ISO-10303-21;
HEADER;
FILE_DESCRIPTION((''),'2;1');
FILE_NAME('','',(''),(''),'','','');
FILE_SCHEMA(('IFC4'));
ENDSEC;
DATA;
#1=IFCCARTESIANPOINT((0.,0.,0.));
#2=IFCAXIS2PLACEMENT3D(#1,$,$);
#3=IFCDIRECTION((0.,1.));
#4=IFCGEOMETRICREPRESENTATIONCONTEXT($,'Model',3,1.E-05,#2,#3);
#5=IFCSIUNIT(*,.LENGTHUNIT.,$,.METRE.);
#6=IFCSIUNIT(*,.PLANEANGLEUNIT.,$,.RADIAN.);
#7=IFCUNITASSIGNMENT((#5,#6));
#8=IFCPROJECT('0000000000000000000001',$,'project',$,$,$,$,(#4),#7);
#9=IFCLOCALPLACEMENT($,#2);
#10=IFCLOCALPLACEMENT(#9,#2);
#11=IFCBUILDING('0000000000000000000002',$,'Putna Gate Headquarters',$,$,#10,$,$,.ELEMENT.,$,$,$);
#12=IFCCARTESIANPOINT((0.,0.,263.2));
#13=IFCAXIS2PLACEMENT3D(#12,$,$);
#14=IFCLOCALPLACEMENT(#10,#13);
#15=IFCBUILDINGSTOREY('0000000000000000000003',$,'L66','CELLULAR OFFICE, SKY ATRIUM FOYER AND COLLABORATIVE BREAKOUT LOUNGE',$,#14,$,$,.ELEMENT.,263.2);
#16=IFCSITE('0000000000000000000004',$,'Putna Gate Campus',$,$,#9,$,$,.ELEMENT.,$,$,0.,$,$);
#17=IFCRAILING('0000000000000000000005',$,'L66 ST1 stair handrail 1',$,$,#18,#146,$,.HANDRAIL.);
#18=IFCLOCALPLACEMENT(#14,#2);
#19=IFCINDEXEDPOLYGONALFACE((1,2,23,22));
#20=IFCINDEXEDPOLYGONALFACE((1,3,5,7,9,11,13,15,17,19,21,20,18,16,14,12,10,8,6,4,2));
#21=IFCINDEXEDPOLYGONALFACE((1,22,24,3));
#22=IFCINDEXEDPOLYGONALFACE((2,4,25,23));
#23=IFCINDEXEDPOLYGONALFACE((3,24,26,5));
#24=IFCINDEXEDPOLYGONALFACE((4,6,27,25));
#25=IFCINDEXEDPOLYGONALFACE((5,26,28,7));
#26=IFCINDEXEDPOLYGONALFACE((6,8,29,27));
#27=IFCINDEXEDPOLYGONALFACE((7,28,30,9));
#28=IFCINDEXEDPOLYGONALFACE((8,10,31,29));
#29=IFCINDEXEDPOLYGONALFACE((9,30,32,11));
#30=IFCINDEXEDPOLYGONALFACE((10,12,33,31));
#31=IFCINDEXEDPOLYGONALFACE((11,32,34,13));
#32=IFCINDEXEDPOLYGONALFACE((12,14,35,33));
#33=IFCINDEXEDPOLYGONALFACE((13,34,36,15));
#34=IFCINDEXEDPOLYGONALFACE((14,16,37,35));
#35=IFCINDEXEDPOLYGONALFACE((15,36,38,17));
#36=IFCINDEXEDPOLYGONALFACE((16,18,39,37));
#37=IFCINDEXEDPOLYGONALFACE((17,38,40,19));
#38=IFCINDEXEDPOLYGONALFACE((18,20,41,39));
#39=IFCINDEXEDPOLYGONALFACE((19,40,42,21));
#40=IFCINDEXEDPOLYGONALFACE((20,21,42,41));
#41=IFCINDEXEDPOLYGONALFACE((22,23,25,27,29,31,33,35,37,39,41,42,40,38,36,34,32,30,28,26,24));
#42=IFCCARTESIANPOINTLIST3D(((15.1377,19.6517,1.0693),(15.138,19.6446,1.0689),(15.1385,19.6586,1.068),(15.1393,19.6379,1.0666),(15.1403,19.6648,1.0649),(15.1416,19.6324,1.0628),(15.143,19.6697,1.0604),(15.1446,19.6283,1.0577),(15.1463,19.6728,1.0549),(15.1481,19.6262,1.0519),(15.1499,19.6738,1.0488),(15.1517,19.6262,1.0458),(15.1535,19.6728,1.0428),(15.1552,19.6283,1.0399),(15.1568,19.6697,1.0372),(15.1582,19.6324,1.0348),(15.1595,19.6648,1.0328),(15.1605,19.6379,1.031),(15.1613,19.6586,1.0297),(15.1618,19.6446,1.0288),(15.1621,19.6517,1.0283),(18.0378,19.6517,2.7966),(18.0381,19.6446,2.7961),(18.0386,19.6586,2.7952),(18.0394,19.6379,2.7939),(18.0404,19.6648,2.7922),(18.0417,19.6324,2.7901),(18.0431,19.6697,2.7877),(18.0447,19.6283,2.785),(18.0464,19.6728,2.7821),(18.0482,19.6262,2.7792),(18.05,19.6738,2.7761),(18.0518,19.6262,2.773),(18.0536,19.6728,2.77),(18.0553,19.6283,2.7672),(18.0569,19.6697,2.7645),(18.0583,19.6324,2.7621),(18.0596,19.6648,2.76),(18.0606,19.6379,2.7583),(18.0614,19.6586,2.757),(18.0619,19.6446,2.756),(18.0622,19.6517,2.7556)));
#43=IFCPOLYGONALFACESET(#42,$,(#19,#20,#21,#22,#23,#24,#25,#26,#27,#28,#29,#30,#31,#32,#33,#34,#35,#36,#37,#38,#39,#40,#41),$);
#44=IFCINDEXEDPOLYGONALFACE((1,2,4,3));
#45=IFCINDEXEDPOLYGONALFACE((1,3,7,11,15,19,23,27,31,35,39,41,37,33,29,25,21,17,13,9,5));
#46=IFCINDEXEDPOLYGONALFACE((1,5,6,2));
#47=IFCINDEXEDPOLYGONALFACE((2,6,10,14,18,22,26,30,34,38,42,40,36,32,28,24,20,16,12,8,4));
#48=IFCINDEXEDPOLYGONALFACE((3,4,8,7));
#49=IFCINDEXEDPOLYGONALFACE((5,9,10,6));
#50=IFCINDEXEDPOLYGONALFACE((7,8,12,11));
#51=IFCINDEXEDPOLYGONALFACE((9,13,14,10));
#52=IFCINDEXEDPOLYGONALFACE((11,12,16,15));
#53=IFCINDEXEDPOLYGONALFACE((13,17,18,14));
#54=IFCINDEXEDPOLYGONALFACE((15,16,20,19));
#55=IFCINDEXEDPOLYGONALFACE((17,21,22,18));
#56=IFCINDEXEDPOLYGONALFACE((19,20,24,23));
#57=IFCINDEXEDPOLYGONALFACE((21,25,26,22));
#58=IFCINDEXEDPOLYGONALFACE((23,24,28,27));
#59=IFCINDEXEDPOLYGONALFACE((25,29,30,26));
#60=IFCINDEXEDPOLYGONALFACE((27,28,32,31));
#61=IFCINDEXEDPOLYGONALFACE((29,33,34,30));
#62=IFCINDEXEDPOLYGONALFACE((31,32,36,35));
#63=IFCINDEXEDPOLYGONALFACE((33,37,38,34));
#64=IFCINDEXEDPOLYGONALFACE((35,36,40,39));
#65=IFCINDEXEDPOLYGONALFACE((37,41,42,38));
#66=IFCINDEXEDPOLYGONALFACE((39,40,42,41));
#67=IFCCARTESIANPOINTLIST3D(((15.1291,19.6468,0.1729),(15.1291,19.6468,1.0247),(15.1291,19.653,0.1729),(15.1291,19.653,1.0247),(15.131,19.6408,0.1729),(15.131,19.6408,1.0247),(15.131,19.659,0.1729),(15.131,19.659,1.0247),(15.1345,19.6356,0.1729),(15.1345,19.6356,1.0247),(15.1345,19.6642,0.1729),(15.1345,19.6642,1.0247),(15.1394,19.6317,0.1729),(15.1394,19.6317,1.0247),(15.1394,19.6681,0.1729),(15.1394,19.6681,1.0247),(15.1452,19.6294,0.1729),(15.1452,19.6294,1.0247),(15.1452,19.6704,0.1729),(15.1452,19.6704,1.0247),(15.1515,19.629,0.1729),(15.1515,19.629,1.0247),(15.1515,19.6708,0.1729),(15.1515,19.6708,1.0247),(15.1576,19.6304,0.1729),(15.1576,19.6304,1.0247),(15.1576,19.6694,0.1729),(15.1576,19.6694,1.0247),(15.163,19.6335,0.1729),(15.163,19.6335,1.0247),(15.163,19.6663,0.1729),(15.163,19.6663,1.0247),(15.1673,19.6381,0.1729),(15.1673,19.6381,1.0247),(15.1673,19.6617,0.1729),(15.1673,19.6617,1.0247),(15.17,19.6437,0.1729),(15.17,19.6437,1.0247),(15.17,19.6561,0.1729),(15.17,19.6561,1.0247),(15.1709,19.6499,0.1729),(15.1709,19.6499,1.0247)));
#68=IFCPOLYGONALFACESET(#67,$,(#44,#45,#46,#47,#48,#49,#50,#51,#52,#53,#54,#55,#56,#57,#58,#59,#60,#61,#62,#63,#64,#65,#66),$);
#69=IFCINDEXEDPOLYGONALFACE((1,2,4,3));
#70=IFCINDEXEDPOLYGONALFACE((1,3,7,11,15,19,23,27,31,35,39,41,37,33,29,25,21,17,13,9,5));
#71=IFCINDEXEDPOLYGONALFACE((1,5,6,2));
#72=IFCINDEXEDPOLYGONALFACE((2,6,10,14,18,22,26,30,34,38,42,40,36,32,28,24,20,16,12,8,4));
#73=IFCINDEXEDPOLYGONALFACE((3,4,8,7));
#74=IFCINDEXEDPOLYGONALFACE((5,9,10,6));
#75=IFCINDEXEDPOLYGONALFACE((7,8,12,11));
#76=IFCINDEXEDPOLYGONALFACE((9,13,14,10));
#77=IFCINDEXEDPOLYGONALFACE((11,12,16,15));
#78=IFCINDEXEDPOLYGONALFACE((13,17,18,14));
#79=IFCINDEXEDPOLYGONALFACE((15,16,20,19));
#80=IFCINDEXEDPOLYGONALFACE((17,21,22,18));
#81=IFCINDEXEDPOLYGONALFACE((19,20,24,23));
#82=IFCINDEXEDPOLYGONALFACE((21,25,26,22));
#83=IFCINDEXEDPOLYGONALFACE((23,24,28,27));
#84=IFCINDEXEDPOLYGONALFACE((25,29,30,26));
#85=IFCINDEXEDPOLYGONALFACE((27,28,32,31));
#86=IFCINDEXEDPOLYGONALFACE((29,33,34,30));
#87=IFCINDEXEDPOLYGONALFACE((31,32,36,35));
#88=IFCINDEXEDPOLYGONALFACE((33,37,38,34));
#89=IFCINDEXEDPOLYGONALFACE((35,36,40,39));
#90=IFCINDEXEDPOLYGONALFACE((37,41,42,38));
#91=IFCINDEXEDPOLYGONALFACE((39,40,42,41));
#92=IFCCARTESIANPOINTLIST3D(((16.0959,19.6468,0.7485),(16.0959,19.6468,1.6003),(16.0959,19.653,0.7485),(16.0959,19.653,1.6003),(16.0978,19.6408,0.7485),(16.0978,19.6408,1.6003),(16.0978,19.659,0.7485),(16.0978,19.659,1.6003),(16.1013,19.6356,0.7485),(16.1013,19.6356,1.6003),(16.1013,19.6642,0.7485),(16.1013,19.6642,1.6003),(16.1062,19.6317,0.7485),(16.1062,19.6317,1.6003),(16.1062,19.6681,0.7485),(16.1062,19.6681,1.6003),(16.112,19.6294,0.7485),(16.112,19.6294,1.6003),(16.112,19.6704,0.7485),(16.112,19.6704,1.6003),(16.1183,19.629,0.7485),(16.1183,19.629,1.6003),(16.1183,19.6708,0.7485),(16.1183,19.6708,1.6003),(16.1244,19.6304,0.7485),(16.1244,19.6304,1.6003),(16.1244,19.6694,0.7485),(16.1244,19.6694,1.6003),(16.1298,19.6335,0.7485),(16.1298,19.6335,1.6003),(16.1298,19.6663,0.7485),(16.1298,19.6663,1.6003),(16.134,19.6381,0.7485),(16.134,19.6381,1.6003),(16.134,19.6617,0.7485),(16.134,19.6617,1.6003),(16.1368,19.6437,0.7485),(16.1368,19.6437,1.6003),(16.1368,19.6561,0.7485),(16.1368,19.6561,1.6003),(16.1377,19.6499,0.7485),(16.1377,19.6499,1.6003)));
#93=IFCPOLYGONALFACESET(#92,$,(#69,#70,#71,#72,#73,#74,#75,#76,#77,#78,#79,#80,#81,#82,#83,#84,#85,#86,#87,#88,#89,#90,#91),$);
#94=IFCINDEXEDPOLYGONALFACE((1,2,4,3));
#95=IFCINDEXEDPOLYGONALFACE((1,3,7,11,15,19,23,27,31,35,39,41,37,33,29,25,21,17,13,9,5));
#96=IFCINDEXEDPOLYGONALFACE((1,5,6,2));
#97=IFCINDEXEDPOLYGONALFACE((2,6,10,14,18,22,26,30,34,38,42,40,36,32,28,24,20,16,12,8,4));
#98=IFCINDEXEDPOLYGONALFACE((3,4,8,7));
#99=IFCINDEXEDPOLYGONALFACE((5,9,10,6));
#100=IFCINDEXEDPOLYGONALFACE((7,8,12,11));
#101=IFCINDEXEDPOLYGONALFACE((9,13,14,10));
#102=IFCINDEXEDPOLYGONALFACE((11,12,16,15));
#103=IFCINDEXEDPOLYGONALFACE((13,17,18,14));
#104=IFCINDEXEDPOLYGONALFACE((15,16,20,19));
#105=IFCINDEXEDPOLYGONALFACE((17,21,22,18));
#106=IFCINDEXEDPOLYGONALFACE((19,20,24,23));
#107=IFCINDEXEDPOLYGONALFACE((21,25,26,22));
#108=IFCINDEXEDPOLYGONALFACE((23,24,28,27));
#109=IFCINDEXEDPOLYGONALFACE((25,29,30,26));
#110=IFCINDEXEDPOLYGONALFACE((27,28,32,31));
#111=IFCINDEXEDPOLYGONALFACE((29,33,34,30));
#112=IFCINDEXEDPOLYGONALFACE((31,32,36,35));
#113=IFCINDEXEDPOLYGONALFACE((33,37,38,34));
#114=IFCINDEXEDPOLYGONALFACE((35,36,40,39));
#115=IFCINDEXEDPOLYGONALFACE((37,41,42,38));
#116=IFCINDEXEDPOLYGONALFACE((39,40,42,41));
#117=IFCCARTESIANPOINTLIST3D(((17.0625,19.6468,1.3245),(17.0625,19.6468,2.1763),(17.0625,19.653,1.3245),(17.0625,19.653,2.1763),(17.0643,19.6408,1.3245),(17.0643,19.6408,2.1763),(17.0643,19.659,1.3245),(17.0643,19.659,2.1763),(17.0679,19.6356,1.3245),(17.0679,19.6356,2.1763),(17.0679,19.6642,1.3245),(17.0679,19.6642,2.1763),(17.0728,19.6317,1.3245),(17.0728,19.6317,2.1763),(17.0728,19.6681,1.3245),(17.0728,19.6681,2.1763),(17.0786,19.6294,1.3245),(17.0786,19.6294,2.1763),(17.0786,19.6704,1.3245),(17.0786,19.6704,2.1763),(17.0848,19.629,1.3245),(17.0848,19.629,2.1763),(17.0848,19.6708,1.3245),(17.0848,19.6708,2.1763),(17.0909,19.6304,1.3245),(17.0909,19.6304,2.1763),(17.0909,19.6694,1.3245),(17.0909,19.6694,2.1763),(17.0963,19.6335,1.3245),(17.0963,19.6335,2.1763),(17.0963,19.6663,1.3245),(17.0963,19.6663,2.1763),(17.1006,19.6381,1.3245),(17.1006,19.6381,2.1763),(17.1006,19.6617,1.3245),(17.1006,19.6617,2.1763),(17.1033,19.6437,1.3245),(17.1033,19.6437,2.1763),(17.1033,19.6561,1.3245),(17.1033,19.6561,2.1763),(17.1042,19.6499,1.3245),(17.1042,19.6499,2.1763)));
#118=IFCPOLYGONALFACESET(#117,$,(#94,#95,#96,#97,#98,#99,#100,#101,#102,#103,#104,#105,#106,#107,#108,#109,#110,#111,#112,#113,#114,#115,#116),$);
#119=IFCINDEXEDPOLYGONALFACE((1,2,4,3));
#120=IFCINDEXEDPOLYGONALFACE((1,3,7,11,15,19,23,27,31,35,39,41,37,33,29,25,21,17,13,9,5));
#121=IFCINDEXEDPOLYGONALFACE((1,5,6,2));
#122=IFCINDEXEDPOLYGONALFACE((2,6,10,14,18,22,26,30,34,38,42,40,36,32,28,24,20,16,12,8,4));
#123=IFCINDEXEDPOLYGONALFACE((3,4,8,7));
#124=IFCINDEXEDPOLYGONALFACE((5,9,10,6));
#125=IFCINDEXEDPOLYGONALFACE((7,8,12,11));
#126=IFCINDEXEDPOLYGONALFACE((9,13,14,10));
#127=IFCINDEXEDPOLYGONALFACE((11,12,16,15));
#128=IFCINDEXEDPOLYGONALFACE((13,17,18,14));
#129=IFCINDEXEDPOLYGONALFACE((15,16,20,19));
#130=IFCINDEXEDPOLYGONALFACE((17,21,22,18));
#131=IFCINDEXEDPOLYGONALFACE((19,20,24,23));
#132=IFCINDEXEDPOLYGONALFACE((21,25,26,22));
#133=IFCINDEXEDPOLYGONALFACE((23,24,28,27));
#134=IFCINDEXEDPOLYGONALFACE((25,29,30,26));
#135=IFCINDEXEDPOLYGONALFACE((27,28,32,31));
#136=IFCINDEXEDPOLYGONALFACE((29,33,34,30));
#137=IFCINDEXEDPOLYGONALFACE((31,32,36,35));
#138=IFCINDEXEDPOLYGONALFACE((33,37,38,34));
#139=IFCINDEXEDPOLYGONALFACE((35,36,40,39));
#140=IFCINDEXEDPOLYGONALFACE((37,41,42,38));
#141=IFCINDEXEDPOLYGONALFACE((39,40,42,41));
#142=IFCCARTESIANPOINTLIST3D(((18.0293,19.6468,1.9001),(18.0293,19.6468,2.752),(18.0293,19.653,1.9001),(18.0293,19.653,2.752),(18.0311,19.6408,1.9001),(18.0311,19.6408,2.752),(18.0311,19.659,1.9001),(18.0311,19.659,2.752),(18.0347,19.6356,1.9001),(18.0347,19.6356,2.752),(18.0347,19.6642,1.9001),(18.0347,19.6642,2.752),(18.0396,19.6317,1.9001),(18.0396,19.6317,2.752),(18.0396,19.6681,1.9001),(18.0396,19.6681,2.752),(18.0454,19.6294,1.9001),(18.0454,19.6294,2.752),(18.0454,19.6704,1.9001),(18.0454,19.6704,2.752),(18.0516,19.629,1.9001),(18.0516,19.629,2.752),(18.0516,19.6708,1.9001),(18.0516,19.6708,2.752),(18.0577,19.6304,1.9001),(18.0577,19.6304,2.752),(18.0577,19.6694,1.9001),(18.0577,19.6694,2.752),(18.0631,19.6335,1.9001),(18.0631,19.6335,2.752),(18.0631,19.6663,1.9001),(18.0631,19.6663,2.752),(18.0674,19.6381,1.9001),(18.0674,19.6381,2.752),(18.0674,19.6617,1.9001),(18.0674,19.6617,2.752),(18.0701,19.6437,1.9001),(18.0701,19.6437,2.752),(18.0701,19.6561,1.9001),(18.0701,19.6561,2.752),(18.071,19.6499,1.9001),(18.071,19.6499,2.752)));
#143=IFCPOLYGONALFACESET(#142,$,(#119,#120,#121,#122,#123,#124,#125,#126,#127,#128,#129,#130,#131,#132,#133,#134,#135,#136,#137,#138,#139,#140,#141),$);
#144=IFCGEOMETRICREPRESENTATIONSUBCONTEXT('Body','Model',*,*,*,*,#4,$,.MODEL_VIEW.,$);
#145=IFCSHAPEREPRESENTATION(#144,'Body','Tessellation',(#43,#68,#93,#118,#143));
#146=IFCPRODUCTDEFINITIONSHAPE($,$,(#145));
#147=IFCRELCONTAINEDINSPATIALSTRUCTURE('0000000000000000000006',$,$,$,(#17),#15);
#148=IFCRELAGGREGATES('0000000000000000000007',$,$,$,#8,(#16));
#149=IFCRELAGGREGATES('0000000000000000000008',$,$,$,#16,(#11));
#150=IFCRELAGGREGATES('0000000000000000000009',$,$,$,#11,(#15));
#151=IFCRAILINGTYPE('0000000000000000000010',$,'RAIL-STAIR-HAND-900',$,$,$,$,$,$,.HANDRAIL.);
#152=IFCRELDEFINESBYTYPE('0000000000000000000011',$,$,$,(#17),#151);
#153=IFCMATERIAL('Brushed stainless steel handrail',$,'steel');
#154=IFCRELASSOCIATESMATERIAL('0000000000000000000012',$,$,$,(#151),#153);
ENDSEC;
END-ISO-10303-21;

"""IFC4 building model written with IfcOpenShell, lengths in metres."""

from ifc_helpers import new_model, si_unit, direction, frame, origin, origin_2d, place, context, subcontext, project, spatial, circle, extrude, material, type_object, element, save


model = new_model("IFC4")

# Units and contexts
model_context = context("Model", 3, precision=1e-05, world=origin(), true_north=direction((0.0, 1.0)))
body_context = subcontext(model_context, "Body", "Model", "MODEL_VIEW")
ifc_project = project(units=[si_unit("LENGTHUNIT", "METRE"), si_unit("PLANEANGLEUNIT", "RADIAN")], contexts=[model_context])

# Site, building, storey
site_placement = place(None, origin())
site = spatial("IfcSite", under=ifc_project, at=site_placement, Name="Putna Gate Campus", CompositionType="ELEMENT", RefElevation=0.0)
building_placement = place(site_placement, origin())
building = spatial("IfcBuilding", under=site, at=building_placement, Name="Putna Gate Headquarters", CompositionType="ELEMENT")
storey_placement = place(building_placement, frame((0.0, 0.0, 263.2)))
storey = spatial("IfcBuildingStorey", under=building, at=storey_placement, Name="L66", Description="CELLULAR OFFICE, SKY ATRIUM FOYER AND COLLABORATIVE BREAKOUT LOUNGE", CompositionType="ELEMENT", Elevation=263.2)

# Railing
ifc_material_1 = material(Name="Brushed stainless steel handrail", Category="steel")
railing_type_1 = type_object("IfcRailingType", Name="RAIL-STAIR-HAND-900", PredefinedType="HANDRAIL", material=ifc_material_1)
railing_1_placement = place(storey_placement, frame((15.1499, 19.6499, 0.1729)))
element("IfcRailing", 1, at=railing_1_placement, inside=storey, type_object=railing_type_1, Name="L66 ST1 stair handrail 1", PredefinedType="HANDRAIL", context=body_context, shape_type="SweptSolid", body=[
    extrude(circle(Radius=0.0239, at=origin_2d()), frame((0.0, 0.0, 0.876), z_axis=(0.85916, 0.0, 0.511706), x_axis=(0.0, 1.0, 0.0)), (0.0, 0.0, 1.0), 3.3755),
    extrude(circle(Radius=0.021, at=origin_2d()), origin(), (0.0, 0.0, 1.0), 0.8518),
    extrude(circle(Radius=0.021, at=origin_2d()), frame((0.9668, 0.0, 0.5757)), (0.0, 0.0, 1.0), 0.8518),
    extrude(circle(Radius=0.021, at=origin_2d()), frame((1.9333, 0.0, 1.1516)), (0.0, 0.0, 1.0), 0.8518),
    extrude(circle(Radius=0.021, at=origin_2d()), frame((2.9001, 0.0, 1.7273)), (0.0, 0.0, 1.0), 0.8518),
])

save(model, "model.ifc")
